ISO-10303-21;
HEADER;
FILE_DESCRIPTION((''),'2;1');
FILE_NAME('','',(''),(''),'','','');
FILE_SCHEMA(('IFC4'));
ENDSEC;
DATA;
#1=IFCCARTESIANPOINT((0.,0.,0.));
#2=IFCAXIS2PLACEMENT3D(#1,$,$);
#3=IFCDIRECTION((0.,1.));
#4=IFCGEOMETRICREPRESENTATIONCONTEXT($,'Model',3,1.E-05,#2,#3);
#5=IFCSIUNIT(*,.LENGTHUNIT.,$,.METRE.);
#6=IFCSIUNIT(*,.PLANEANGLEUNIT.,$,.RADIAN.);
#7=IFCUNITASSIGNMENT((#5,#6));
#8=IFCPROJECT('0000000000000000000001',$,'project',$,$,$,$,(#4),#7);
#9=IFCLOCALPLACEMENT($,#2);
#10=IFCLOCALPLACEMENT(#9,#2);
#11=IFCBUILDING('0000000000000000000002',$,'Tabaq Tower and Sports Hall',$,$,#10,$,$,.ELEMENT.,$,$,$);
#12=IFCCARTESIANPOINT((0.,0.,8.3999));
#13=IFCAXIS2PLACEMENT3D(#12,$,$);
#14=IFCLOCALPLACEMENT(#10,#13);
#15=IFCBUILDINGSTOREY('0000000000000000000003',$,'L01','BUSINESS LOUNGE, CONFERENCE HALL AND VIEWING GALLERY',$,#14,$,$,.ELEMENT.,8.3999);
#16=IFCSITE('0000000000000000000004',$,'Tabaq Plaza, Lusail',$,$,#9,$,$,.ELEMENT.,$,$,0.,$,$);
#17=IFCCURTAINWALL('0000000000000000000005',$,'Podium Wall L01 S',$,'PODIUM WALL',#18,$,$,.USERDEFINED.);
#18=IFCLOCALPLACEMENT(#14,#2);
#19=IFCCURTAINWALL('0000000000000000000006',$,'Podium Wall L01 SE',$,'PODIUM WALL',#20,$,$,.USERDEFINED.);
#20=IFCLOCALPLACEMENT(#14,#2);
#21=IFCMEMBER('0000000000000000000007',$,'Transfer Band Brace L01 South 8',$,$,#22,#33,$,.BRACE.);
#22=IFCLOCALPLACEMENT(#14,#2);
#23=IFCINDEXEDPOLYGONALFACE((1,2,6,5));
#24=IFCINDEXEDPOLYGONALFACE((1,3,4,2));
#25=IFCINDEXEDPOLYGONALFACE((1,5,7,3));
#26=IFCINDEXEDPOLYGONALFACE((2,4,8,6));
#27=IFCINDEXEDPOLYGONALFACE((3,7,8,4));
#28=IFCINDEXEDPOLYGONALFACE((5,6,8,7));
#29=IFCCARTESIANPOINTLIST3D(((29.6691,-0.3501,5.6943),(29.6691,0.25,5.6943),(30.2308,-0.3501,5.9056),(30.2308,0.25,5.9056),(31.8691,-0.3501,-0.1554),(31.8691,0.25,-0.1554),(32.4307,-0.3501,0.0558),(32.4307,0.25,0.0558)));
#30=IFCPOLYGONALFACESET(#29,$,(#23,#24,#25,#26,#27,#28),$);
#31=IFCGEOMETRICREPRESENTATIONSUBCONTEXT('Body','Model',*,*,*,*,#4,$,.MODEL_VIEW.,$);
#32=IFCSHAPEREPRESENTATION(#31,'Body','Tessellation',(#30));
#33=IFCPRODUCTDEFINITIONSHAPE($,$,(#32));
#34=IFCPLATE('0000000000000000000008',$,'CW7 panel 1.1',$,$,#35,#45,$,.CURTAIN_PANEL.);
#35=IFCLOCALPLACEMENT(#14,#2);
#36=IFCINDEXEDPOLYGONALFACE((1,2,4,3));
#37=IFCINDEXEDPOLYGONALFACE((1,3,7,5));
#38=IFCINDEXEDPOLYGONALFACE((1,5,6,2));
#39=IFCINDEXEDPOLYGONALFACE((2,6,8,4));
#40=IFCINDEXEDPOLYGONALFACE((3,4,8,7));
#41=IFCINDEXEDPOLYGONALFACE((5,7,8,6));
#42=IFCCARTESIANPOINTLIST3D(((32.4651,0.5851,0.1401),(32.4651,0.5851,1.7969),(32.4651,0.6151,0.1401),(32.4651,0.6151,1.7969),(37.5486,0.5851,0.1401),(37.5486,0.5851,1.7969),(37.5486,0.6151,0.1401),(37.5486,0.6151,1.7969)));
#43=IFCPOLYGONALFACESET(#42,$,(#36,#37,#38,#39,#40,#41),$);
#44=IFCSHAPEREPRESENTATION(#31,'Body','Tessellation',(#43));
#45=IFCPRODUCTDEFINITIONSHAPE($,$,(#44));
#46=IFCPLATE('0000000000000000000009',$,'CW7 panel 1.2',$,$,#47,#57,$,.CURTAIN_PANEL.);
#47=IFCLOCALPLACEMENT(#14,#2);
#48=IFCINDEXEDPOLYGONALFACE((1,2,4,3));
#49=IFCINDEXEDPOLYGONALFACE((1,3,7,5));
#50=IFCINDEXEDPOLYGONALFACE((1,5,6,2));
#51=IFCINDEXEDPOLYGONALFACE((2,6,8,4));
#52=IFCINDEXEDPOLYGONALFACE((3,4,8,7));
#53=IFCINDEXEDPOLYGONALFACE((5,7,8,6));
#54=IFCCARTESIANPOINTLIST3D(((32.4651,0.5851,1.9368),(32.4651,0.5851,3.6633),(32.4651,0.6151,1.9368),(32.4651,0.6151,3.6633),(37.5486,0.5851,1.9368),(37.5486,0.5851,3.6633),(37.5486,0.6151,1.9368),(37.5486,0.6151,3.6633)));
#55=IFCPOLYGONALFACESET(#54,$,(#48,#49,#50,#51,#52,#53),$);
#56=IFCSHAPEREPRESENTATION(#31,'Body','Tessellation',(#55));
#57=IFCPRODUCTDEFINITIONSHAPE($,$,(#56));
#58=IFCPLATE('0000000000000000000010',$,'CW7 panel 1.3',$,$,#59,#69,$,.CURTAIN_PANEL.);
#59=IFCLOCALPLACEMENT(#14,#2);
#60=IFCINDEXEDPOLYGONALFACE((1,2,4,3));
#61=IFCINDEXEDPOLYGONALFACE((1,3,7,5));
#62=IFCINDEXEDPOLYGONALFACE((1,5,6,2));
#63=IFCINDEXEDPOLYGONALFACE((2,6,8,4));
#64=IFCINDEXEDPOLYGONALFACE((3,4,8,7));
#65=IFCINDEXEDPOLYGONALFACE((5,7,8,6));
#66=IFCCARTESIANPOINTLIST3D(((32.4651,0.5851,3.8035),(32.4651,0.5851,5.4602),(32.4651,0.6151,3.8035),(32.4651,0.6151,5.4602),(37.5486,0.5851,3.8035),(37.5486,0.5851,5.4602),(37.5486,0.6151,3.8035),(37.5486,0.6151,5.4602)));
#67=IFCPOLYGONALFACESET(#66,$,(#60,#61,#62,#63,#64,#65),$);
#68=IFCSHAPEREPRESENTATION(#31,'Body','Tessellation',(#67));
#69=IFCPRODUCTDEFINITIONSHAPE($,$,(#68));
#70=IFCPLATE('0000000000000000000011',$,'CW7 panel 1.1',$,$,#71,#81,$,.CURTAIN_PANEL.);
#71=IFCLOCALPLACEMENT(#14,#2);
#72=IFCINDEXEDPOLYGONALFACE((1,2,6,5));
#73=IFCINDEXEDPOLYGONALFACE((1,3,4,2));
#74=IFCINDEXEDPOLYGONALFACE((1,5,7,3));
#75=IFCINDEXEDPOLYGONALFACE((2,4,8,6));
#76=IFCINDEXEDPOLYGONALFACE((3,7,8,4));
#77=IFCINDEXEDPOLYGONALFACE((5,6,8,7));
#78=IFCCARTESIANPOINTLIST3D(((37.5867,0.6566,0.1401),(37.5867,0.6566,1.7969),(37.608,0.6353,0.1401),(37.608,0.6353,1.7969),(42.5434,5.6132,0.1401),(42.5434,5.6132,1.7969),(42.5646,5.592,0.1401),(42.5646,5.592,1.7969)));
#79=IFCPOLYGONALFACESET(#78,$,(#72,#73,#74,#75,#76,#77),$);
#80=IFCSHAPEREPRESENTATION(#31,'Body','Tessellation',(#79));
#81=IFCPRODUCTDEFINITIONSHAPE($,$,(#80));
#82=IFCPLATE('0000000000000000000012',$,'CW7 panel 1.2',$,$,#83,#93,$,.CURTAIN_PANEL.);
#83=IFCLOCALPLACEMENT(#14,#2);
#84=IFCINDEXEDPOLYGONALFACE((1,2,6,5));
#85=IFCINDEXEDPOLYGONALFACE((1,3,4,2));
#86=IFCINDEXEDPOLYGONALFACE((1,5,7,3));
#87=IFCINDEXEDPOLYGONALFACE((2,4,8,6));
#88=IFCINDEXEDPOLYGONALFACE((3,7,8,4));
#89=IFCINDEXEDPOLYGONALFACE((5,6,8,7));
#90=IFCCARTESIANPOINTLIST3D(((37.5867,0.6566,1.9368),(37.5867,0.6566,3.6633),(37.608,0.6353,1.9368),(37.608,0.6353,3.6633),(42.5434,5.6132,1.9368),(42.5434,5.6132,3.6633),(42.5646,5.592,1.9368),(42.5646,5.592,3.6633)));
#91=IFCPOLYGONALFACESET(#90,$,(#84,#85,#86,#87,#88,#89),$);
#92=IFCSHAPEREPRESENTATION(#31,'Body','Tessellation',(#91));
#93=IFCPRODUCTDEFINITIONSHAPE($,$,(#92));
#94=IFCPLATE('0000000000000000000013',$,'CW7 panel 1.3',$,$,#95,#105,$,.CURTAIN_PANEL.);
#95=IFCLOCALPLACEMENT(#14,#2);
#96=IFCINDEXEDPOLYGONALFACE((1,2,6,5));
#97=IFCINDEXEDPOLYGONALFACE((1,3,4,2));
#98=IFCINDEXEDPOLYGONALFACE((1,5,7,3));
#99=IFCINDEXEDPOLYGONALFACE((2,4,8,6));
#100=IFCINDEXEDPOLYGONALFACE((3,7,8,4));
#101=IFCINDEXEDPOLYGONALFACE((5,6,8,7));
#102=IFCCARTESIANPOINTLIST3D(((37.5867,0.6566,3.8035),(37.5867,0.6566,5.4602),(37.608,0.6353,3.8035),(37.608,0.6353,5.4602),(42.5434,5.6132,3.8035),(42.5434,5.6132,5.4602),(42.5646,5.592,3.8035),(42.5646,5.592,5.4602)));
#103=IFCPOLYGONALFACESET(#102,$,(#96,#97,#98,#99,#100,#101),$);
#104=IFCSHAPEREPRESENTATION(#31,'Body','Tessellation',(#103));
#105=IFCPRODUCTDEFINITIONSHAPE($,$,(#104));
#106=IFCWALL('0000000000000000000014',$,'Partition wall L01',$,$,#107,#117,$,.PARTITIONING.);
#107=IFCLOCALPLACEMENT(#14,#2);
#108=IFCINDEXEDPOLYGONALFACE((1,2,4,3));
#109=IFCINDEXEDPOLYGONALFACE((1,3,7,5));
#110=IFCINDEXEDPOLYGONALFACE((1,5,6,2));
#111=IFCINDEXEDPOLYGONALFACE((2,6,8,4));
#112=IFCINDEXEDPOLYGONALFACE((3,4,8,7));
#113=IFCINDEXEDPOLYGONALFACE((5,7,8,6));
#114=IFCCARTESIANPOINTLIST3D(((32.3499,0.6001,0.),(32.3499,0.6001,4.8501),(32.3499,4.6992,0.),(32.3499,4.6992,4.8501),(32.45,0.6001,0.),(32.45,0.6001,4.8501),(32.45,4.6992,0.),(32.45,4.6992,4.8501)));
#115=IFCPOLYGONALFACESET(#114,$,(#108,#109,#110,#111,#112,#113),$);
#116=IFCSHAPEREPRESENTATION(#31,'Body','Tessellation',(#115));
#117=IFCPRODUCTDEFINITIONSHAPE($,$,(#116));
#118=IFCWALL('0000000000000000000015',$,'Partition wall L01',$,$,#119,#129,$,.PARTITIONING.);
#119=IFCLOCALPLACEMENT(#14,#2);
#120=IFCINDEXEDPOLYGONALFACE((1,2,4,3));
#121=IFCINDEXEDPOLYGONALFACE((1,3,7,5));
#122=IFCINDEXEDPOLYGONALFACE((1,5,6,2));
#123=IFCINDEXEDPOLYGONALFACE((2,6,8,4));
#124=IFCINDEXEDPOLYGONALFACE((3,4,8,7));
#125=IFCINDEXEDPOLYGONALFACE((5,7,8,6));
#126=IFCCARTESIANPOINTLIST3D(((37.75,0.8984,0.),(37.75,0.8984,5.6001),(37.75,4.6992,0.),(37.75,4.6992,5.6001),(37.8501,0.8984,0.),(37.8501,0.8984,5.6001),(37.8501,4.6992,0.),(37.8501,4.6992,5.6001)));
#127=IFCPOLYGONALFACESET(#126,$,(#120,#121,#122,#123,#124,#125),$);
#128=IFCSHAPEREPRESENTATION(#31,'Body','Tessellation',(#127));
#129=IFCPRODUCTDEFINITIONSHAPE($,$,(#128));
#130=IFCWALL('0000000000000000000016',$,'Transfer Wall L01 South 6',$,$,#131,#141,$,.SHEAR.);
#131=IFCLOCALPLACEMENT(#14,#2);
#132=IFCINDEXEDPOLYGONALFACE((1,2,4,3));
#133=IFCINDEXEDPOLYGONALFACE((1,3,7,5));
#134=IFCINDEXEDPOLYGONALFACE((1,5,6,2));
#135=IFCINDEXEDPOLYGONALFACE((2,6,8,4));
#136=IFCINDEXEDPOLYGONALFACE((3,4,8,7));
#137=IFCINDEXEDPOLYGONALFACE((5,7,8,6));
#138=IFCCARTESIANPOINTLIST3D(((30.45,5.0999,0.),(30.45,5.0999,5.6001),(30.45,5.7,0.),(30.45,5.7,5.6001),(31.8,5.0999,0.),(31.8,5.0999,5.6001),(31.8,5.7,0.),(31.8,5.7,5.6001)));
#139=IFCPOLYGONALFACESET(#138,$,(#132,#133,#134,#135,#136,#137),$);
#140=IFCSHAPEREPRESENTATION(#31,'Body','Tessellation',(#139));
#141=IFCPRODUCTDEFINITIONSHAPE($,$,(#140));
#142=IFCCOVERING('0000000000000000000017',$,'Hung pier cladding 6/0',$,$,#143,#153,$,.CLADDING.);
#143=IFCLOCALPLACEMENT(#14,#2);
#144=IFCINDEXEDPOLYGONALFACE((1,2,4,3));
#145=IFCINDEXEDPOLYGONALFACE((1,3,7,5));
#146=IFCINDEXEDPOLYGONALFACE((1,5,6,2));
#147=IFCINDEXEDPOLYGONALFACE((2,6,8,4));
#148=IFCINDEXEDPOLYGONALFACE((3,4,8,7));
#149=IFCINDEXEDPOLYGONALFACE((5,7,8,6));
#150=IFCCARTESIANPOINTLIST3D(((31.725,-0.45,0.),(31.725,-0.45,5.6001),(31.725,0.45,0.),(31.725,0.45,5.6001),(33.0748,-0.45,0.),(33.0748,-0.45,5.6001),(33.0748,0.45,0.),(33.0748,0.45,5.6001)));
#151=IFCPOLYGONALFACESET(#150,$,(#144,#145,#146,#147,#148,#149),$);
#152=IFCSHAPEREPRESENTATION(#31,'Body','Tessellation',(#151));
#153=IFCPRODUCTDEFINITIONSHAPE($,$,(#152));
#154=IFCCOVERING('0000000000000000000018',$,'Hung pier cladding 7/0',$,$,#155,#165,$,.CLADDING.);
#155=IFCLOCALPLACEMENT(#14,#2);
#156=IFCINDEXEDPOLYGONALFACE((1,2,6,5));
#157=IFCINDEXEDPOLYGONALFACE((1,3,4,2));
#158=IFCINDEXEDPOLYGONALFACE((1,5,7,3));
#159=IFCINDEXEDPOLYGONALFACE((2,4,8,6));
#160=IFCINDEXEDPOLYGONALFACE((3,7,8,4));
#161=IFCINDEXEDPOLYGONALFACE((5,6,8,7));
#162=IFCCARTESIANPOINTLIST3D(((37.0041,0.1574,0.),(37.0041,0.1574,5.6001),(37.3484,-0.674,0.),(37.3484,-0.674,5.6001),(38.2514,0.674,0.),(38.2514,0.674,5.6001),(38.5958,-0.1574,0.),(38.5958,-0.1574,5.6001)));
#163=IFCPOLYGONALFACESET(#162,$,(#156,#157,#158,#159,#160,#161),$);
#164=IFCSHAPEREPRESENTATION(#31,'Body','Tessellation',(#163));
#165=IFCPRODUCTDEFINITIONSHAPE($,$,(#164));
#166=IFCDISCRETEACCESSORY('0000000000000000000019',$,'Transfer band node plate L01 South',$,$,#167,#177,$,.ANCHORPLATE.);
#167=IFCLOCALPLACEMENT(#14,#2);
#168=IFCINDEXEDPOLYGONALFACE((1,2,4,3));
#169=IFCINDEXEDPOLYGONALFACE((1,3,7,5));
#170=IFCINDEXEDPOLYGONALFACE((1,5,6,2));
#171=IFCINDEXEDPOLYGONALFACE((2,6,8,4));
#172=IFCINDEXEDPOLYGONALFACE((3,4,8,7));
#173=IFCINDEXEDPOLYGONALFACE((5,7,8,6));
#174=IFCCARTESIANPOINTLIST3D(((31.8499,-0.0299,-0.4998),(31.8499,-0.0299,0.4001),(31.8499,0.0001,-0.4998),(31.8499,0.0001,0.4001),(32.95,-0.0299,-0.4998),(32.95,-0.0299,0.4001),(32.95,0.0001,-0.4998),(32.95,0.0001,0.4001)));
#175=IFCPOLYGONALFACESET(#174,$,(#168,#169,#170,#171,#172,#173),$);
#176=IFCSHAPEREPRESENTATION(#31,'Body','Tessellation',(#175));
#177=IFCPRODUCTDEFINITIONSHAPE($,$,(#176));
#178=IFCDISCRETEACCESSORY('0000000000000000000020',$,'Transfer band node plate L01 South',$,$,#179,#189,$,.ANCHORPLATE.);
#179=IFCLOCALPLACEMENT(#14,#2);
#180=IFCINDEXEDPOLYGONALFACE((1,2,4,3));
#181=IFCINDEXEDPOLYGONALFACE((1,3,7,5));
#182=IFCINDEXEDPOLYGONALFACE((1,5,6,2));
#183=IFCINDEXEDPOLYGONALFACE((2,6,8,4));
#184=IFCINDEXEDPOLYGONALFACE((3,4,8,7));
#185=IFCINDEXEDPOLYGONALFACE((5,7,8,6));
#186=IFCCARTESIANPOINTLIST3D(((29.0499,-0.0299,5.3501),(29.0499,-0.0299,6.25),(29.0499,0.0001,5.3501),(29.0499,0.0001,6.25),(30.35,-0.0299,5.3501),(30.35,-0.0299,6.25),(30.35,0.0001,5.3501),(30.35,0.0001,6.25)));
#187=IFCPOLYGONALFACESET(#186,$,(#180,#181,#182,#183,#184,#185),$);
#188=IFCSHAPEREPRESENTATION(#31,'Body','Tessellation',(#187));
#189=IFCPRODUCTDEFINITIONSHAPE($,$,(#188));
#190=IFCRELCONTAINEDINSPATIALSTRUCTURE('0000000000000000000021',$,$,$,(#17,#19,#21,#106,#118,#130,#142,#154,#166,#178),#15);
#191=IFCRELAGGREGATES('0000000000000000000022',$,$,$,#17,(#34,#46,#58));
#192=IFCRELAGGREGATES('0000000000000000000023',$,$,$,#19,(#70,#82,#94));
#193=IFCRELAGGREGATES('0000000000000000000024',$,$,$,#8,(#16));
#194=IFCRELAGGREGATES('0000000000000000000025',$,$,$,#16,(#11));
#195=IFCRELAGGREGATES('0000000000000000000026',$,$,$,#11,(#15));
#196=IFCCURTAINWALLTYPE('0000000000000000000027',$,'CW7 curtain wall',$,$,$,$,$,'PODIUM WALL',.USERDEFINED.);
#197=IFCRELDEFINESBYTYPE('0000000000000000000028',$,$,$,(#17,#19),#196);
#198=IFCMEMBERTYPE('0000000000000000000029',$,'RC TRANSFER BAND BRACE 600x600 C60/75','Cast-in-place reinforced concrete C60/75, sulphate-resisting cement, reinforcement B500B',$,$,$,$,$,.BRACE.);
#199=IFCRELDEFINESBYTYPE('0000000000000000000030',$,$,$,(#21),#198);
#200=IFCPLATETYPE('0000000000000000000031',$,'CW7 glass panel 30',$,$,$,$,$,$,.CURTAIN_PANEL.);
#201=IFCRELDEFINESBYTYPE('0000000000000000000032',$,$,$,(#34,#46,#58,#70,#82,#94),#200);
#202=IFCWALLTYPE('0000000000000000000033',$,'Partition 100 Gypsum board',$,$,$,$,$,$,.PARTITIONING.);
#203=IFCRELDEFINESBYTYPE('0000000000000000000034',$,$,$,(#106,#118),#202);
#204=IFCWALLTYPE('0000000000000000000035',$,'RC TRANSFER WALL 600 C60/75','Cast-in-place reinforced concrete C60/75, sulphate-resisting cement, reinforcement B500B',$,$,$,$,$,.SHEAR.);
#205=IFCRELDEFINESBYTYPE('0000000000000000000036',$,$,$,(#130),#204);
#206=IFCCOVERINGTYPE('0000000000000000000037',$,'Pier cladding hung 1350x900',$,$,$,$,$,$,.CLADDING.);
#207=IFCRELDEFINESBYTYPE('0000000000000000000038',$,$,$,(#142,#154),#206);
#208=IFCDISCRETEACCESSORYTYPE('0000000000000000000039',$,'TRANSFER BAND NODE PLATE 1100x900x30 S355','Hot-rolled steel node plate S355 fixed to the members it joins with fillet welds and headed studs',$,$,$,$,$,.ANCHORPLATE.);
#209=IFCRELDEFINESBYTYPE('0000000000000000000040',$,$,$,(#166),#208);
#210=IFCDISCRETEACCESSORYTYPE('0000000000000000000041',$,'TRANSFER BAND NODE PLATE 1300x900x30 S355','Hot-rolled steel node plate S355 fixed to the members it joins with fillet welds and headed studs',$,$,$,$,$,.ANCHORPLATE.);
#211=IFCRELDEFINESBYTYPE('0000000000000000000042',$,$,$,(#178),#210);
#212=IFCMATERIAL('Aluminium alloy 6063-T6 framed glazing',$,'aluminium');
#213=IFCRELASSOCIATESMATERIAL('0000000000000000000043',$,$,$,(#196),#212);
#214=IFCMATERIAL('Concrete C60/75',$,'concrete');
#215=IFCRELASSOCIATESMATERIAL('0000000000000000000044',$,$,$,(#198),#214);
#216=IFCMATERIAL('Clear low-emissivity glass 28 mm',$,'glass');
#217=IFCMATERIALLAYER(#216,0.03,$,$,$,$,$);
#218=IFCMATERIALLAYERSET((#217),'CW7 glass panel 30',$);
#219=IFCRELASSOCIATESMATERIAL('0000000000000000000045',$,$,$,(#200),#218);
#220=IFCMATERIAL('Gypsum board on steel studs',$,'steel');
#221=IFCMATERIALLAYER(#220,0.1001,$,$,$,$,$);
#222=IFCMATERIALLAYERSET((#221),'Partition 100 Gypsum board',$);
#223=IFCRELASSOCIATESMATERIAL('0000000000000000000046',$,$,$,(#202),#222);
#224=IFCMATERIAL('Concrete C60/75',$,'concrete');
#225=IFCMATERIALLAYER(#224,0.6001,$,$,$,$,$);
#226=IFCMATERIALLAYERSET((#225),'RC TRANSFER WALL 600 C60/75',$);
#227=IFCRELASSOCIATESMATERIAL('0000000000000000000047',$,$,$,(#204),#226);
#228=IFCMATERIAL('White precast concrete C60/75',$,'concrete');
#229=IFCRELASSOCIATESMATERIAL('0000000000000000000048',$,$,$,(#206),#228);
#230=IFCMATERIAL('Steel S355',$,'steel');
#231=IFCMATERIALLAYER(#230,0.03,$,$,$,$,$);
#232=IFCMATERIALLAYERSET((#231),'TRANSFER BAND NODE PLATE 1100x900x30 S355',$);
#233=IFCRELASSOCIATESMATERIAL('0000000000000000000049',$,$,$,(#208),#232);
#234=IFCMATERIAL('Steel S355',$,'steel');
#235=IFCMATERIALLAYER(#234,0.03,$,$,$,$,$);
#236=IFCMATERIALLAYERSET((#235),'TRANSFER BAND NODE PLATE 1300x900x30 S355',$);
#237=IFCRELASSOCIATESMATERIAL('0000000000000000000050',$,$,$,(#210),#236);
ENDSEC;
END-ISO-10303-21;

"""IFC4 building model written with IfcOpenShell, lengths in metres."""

from ifc_helpers import new_model, si_unit, direction, frame, frame_2d, origin, origin_2d, place, context, subcontext, project, spatial, rectangle, extrude, material, layer, layer_set, material_profile, profile_set, type_object, element, aggregate, save


model = new_model("IFC4")

# Units and contexts
model_context = context("Model", 3, precision=1e-05, world=origin(), true_north=direction((0.0, 1.0)))
body_context = subcontext(model_context, "Body", "Model", "MODEL_VIEW")
ifc_project = project(units=[si_unit("LENGTHUNIT", "METRE"), si_unit("PLANEANGLEUNIT", "RADIAN")], contexts=[model_context])

# Site, building, storey
site_placement = place(None, origin())
site = spatial("IfcSite", under=ifc_project, at=site_placement, Name="Tabaq Plaza, Lusail", CompositionType="ELEMENT", RefElevation=0.0)
building_placement = place(site_placement, origin())
building = spatial("IfcBuilding", under=site, at=building_placement, Name="Tabaq Tower and Sports Hall", CompositionType="ELEMENT")
storey_placement = place(building_placement, frame((0.0, 0.0, 8.3999)))
storey = spatial("IfcBuildingStorey", under=building, at=storey_placement, Name="L01", Description="BUSINESS LOUNGE, CONFERENCE HALL AND VIEWING GALLERY", CompositionType="ELEMENT", Elevation=8.3999)

# Curtain wall
ifc_material_1 = material(Name="Aluminium alloy 6063-T6 framed glazing", Category="aluminium")
curtain_wall_type = type_object("IfcCurtainWallType", Name="CW7 curtain wall", ElementType="PODIUM WALL", PredefinedType="USERDEFINED", material=ifc_material_1)
curtain_wall_1_placement = place(storey_placement, origin())
curtain_wall_1 = element("IfcCurtainWall", 1, at=curtain_wall_1_placement, inside=storey, type_object=curtain_wall_type, Name="Podium Wall L01 S", ObjectType="PODIUM WALL", PredefinedType="USERDEFINED")

# Curtain wall
curtain_wall_2_placement = place(storey_placement, origin())
curtain_wall_2 = element("IfcCurtainWall", 2, at=curtain_wall_2_placement, inside=storey, type_object=curtain_wall_type, Name="Podium Wall L01 SE", ObjectType="PODIUM WALL", PredefinedType="USERDEFINED")

# Member
ifc_material_2 = material(Name="Concrete C60/75", Category="concrete")
ifc_material_profile_1 = material_profile(ifc_material_2, rectangle(XDim=0.6001, YDim=0.6001, at=origin_2d()), Name="TRANSFER BAND BRACE 600x600")
ifc_profile_set_1 = profile_set([ifc_material_profile_1], Name="Concrete C60/75")
member_type_1 = type_object("IfcMemberType", Name="RC TRANSFER BAND BRACE 600x600 C60/75", Description="Cast-in-place reinforced concrete C60/75, sulphate-resisting cement, reinforcement B500B", PredefinedType="BRACE", material=ifc_profile_set_1)
member_1_placement = place(storey_placement, frame((32.1499, -0.05, -0.0498), z_axis=(-0.352001, 0.0, 0.936), x_axis=(0.0, -1.0, 0.0)))
element("IfcMember", 3, at=member_1_placement, inside=storey, type_object=member_type_1, Name="Transfer Band Brace L01 South 8", PredefinedType="BRACE", context=body_context, shape_type="SweptSolid", body=[
    extrude(rectangle(XDim=0.6001, YDim=0.6001, at=origin_2d()), origin(), (0.0, 0.0, 1.0), 6.2498),
])

# Plates
ifc_material_3 = material(Name="Clear low-emissivity glass 28 mm", Category="glass")
ifc_layer_1 = layer(ifc_material_3, 0.03)
ifc_layer_set_1 = layer_set([ifc_layer_1], Name="CW7 glass panel 30")
plate_type = type_object("IfcPlateType", Name="CW7 glass panel 30", PredefinedType="CURTAIN_PANEL", material=ifc_layer_set_1)
plate_1_placement = place(storey_placement, frame((35.0068, 0.6001, 0.1401), z_axis=(0.0, 0.0, 1.0), x_axis=(1.0, 0.0, 0.0)))
plate_1 = element("IfcPlate", 4, at=plate_1_placement, type_object=plate_type, Name="CW7 panel 1.1", PredefinedType="CURTAIN_PANEL", context=body_context, shape_type="SweptSolid", body=[
    extrude(rectangle(XDim=5.0835, YDim=0.03, at=origin_2d()), origin(), (0.0, 0.0, 1.0), 1.6567),
])
plate_2_placement = place(storey_placement, frame((35.0068, 0.6001, 1.9368), z_axis=(0.0, 0.0, 1.0), x_axis=(1.0, 0.0, 0.0)))
plate_2 = element("IfcPlate", 5, at=plate_2_placement, type_object=plate_type, Name="CW7 panel 1.2", PredefinedType="CURTAIN_PANEL", context=body_context, shape_type="SweptSolid", body=[
    extrude(rectangle(XDim=5.0835, YDim=0.03, at=origin_2d()), origin(), (0.0, 0.0, 1.0), 1.7266),
])
plate_3_placement = place(storey_placement, frame((35.0068, 0.6001, 3.8035), z_axis=(0.0, 0.0, 1.0), x_axis=(1.0, 0.0, 0.0)))
plate_3 = element("IfcPlate", 6, at=plate_3_placement, type_object=plate_type, Name="CW7 panel 1.3", PredefinedType="CURTAIN_PANEL", context=body_context, shape_type="SweptSolid", body=[
    extrude(rectangle(XDim=5.0835, YDim=0.03, at=origin_2d()), origin(), (0.0, 0.0, 1.0), 1.6567),
])
aggregate(curtain_wall_1, [plate_1, plate_2, plate_3])
plate_4_placement = place(storey_placement, frame((40.0757, 3.1243, 0.1401), z_axis=(0.0, 0.0, 1.0), x_axis=(0.707107, 0.707107, 0.0)))
plate_4 = element("IfcPlate", 7, at=plate_4_placement, type_object=plate_type, Name="CW7 panel 1.1", PredefinedType="CURTAIN_PANEL", context=body_context, shape_type="SweptSolid", body=[
    extrude(rectangle(XDim=7.0098, YDim=0.03, at=origin_2d()), origin(), (0.0, 0.0, 1.0), 1.6567),
])
plate_5_placement = place(storey_placement, frame((40.0757, 3.1243, 1.9368), z_axis=(0.0, 0.0, 1.0), x_axis=(0.707107, 0.707107, 0.0)))
plate_5 = element("IfcPlate", 8, at=plate_5_placement, type_object=plate_type, Name="CW7 panel 1.2", PredefinedType="CURTAIN_PANEL", context=body_context, shape_type="SweptSolid", body=[
    extrude(rectangle(XDim=7.0098, YDim=0.03, at=origin_2d()), origin(), (0.0, 0.0, 1.0), 1.7266),
])
plate_6_placement = place(storey_placement, frame((40.0757, 3.1243, 3.8035), z_axis=(0.0, 0.0, 1.0), x_axis=(0.707107, 0.707107, 0.0)))
plate_6 = element("IfcPlate", 9, at=plate_6_placement, type_object=plate_type, Name="CW7 panel 1.3", PredefinedType="CURTAIN_PANEL", context=body_context, shape_type="SweptSolid", body=[
    extrude(rectangle(XDim=7.0098, YDim=0.03, at=origin_2d()), origin(), (0.0, 0.0, 1.0), 1.6567),
])
aggregate(curtain_wall_2, [plate_4, plate_5, plate_6])

# Walls
ifc_material_4 = material(Name="Gypsum board on steel studs", Category="steel")
ifc_layer_2 = layer(ifc_material_4, 0.1001)
ifc_layer_set_2 = layer_set([ifc_layer_2], Name="Partition 100 Gypsum board")
wall_type_1 = type_object("IfcWallType", Name="Partition 100 Gypsum board", PredefinedType="PARTITIONING", material=ifc_layer_set_2)
wall_1_placement = place(storey_placement, frame((32.3999, 4.6992, 0.0), z_axis=(0.0, 0.0, 1.0), x_axis=(0.0, -1.0, 0.0)))
element("IfcWall", 10, at=wall_1_placement, inside=storey, type_object=wall_type_1, Name="Partition wall L01", PredefinedType="PARTITIONING", context=body_context, shape_type="SweptSolid", body=[
    extrude(rectangle(XDim=4.0991, YDim=0.1001, at=frame_2d((2.0496, 0.0))), origin(), (0.0, 0.0, 1.0), 4.8501),
])
wall_2_placement = place(storey_placement, frame((37.8, 0.8984, 0.0), z_axis=(0.0, 0.0, 1.0), x_axis=(0.0, 1.0, 0.0)))
element("IfcWall", 11, at=wall_2_placement, inside=storey, type_object=wall_type_1, Name="Partition wall L01", PredefinedType="PARTITIONING", context=body_context, shape_type="SweptSolid", body=[
    extrude(rectangle(XDim=3.8008, YDim=0.1001, at=frame_2d((1.9004, 0.0))), origin(), (0.0, 0.0, 1.0), 5.6001),
])
ifc_material_5 = material(Name="Concrete C60/75", Category="concrete")
ifc_layer_3 = layer(ifc_material_5, 0.6001)
ifc_layer_set_3 = layer_set([ifc_layer_3], Name="RC TRANSFER WALL 600 C60/75")
wall_type_2 = type_object("IfcWallType", Name="RC TRANSFER WALL 600 C60/75", Description="Cast-in-place reinforced concrete C60/75, sulphate-resisting cement, reinforcement B500B", PredefinedType="SHEAR", material=ifc_layer_set_3)
wall_3_placement = place(storey_placement, frame((30.45, 5.3999, 0.0), z_axis=(0.0, 0.0, 1.0), x_axis=(1.0, 0.0, 0.0)))
element("IfcWall", 12, at=wall_3_placement, inside=storey, type_object=wall_type_2, Name="Transfer Wall L01 South 6", PredefinedType="SHEAR", context=body_context, shape_type="SweptSolid", body=[
    extrude(rectangle(XDim=1.3501, YDim=0.6001, at=frame_2d((0.675, 0.0))), origin(), (0.0, 0.0, 1.0), 5.6001),
])

# Coverings
ifc_material_6 = material(Name="White precast concrete C60/75", Category="concrete")
covering_type = type_object("IfcCoveringType", Name="Pier cladding hung 1350x900", PredefinedType="CLADDING", material=ifc_material_6)
covering_1_placement = place(storey_placement, frame((31.7251, 0.0, 0.0), z_axis=(0.0, 0.0, 1.0), x_axis=(1.0, 0.0, 0.0)))
element("IfcCovering", 13, at=covering_1_placement, inside=storey, type_object=covering_type, Name="Hung pier cladding 6/0", PredefinedType="CLADDING", context=body_context, shape_type="SweptSolid", body=[
    extrude(rectangle(XDim=1.3499, YDim=0.8999, at=frame_2d((0.6748, 0.0))), origin(), (0.0, 0.0, 1.0), 5.6001),
])
covering_2_placement = place(storey_placement, frame((37.1763, -0.2583, 0.0), z_axis=(0.0, 0.0, 1.0), x_axis=(0.923893, 0.38265, 0.0)))
element("IfcCovering", 14, at=covering_2_placement, inside=storey, type_object=covering_type, Name="Hung pier cladding 7/0", PredefinedType="CLADDING", context=body_context, shape_type="SweptSolid", body=[
    extrude(rectangle(XDim=1.3501, YDim=0.8999, at=frame_2d((0.675, 0.0))), origin(), (0.0, 0.0, 1.0), 5.6001),
])

# Discrete accessories
ifc_material_7 = material(Name="Steel S355", Category="steel")
ifc_layer_4 = layer(ifc_material_7, 0.03)
ifc_layer_set_4 = layer_set([ifc_layer_4], Name="TRANSFER BAND NODE PLATE 1100x900x30 S355")
discrete_accessory_type_1 = type_object("IfcDiscreteAccessoryType", Name="TRANSFER BAND NODE PLATE 1100x900x30 S355", Description="Hot-rolled steel node plate S355 fixed to the members it joins with fillet welds and headed studs", PredefinedType="ANCHORPLATE", material=ifc_layer_set_4)
discrete_accessory_1_placement = place(storey_placement, frame((32.3999, -0.0149, -0.4998), z_axis=(0.0, 0.0, 1.0), x_axis=(1.0, 0.0, 0.0)))
element("IfcDiscreteAccessory", 15, at=discrete_accessory_1_placement, inside=storey, type_object=discrete_accessory_type_1, Name="Transfer band node plate L01 South", PredefinedType="ANCHORPLATE", context=body_context, shape_type="SweptSolid", body=[
    extrude(rectangle(XDim=1.1001, YDim=0.03, at=origin_2d()), origin(), (0.0, 0.0, 1.0), 0.8999),
])
ifc_material_8 = material(Name="Steel S355", Category="steel")
ifc_layer_5 = layer(ifc_material_8, 0.03)
ifc_layer_set_5 = layer_set([ifc_layer_5], Name="TRANSFER BAND NODE PLATE 1300x900x30 S355")
discrete_accessory_type_2 = type_object("IfcDiscreteAccessoryType", Name="TRANSFER BAND NODE PLATE 1300x900x30 S355", Description="Hot-rolled steel node plate S355 fixed to the members it joins with fillet welds and headed studs", PredefinedType="ANCHORPLATE", material=ifc_layer_set_5)
discrete_accessory_2_placement = place(storey_placement, frame((29.7, -0.0149, 5.3501), z_axis=(0.0, 0.0, 1.0), x_axis=(1.0, 0.0, 0.0)))
element("IfcDiscreteAccessory", 16, at=discrete_accessory_2_placement, inside=storey, type_object=discrete_accessory_type_2, Name="Transfer band node plate L01 South", PredefinedType="ANCHORPLATE", context=body_context, shape_type="SweptSolid", body=[
    extrude(rectangle(XDim=1.3, YDim=0.03, at=origin_2d()), origin(), (0.0, 0.0, 1.0), 0.8999),
])

save(model, "model.ifc")
